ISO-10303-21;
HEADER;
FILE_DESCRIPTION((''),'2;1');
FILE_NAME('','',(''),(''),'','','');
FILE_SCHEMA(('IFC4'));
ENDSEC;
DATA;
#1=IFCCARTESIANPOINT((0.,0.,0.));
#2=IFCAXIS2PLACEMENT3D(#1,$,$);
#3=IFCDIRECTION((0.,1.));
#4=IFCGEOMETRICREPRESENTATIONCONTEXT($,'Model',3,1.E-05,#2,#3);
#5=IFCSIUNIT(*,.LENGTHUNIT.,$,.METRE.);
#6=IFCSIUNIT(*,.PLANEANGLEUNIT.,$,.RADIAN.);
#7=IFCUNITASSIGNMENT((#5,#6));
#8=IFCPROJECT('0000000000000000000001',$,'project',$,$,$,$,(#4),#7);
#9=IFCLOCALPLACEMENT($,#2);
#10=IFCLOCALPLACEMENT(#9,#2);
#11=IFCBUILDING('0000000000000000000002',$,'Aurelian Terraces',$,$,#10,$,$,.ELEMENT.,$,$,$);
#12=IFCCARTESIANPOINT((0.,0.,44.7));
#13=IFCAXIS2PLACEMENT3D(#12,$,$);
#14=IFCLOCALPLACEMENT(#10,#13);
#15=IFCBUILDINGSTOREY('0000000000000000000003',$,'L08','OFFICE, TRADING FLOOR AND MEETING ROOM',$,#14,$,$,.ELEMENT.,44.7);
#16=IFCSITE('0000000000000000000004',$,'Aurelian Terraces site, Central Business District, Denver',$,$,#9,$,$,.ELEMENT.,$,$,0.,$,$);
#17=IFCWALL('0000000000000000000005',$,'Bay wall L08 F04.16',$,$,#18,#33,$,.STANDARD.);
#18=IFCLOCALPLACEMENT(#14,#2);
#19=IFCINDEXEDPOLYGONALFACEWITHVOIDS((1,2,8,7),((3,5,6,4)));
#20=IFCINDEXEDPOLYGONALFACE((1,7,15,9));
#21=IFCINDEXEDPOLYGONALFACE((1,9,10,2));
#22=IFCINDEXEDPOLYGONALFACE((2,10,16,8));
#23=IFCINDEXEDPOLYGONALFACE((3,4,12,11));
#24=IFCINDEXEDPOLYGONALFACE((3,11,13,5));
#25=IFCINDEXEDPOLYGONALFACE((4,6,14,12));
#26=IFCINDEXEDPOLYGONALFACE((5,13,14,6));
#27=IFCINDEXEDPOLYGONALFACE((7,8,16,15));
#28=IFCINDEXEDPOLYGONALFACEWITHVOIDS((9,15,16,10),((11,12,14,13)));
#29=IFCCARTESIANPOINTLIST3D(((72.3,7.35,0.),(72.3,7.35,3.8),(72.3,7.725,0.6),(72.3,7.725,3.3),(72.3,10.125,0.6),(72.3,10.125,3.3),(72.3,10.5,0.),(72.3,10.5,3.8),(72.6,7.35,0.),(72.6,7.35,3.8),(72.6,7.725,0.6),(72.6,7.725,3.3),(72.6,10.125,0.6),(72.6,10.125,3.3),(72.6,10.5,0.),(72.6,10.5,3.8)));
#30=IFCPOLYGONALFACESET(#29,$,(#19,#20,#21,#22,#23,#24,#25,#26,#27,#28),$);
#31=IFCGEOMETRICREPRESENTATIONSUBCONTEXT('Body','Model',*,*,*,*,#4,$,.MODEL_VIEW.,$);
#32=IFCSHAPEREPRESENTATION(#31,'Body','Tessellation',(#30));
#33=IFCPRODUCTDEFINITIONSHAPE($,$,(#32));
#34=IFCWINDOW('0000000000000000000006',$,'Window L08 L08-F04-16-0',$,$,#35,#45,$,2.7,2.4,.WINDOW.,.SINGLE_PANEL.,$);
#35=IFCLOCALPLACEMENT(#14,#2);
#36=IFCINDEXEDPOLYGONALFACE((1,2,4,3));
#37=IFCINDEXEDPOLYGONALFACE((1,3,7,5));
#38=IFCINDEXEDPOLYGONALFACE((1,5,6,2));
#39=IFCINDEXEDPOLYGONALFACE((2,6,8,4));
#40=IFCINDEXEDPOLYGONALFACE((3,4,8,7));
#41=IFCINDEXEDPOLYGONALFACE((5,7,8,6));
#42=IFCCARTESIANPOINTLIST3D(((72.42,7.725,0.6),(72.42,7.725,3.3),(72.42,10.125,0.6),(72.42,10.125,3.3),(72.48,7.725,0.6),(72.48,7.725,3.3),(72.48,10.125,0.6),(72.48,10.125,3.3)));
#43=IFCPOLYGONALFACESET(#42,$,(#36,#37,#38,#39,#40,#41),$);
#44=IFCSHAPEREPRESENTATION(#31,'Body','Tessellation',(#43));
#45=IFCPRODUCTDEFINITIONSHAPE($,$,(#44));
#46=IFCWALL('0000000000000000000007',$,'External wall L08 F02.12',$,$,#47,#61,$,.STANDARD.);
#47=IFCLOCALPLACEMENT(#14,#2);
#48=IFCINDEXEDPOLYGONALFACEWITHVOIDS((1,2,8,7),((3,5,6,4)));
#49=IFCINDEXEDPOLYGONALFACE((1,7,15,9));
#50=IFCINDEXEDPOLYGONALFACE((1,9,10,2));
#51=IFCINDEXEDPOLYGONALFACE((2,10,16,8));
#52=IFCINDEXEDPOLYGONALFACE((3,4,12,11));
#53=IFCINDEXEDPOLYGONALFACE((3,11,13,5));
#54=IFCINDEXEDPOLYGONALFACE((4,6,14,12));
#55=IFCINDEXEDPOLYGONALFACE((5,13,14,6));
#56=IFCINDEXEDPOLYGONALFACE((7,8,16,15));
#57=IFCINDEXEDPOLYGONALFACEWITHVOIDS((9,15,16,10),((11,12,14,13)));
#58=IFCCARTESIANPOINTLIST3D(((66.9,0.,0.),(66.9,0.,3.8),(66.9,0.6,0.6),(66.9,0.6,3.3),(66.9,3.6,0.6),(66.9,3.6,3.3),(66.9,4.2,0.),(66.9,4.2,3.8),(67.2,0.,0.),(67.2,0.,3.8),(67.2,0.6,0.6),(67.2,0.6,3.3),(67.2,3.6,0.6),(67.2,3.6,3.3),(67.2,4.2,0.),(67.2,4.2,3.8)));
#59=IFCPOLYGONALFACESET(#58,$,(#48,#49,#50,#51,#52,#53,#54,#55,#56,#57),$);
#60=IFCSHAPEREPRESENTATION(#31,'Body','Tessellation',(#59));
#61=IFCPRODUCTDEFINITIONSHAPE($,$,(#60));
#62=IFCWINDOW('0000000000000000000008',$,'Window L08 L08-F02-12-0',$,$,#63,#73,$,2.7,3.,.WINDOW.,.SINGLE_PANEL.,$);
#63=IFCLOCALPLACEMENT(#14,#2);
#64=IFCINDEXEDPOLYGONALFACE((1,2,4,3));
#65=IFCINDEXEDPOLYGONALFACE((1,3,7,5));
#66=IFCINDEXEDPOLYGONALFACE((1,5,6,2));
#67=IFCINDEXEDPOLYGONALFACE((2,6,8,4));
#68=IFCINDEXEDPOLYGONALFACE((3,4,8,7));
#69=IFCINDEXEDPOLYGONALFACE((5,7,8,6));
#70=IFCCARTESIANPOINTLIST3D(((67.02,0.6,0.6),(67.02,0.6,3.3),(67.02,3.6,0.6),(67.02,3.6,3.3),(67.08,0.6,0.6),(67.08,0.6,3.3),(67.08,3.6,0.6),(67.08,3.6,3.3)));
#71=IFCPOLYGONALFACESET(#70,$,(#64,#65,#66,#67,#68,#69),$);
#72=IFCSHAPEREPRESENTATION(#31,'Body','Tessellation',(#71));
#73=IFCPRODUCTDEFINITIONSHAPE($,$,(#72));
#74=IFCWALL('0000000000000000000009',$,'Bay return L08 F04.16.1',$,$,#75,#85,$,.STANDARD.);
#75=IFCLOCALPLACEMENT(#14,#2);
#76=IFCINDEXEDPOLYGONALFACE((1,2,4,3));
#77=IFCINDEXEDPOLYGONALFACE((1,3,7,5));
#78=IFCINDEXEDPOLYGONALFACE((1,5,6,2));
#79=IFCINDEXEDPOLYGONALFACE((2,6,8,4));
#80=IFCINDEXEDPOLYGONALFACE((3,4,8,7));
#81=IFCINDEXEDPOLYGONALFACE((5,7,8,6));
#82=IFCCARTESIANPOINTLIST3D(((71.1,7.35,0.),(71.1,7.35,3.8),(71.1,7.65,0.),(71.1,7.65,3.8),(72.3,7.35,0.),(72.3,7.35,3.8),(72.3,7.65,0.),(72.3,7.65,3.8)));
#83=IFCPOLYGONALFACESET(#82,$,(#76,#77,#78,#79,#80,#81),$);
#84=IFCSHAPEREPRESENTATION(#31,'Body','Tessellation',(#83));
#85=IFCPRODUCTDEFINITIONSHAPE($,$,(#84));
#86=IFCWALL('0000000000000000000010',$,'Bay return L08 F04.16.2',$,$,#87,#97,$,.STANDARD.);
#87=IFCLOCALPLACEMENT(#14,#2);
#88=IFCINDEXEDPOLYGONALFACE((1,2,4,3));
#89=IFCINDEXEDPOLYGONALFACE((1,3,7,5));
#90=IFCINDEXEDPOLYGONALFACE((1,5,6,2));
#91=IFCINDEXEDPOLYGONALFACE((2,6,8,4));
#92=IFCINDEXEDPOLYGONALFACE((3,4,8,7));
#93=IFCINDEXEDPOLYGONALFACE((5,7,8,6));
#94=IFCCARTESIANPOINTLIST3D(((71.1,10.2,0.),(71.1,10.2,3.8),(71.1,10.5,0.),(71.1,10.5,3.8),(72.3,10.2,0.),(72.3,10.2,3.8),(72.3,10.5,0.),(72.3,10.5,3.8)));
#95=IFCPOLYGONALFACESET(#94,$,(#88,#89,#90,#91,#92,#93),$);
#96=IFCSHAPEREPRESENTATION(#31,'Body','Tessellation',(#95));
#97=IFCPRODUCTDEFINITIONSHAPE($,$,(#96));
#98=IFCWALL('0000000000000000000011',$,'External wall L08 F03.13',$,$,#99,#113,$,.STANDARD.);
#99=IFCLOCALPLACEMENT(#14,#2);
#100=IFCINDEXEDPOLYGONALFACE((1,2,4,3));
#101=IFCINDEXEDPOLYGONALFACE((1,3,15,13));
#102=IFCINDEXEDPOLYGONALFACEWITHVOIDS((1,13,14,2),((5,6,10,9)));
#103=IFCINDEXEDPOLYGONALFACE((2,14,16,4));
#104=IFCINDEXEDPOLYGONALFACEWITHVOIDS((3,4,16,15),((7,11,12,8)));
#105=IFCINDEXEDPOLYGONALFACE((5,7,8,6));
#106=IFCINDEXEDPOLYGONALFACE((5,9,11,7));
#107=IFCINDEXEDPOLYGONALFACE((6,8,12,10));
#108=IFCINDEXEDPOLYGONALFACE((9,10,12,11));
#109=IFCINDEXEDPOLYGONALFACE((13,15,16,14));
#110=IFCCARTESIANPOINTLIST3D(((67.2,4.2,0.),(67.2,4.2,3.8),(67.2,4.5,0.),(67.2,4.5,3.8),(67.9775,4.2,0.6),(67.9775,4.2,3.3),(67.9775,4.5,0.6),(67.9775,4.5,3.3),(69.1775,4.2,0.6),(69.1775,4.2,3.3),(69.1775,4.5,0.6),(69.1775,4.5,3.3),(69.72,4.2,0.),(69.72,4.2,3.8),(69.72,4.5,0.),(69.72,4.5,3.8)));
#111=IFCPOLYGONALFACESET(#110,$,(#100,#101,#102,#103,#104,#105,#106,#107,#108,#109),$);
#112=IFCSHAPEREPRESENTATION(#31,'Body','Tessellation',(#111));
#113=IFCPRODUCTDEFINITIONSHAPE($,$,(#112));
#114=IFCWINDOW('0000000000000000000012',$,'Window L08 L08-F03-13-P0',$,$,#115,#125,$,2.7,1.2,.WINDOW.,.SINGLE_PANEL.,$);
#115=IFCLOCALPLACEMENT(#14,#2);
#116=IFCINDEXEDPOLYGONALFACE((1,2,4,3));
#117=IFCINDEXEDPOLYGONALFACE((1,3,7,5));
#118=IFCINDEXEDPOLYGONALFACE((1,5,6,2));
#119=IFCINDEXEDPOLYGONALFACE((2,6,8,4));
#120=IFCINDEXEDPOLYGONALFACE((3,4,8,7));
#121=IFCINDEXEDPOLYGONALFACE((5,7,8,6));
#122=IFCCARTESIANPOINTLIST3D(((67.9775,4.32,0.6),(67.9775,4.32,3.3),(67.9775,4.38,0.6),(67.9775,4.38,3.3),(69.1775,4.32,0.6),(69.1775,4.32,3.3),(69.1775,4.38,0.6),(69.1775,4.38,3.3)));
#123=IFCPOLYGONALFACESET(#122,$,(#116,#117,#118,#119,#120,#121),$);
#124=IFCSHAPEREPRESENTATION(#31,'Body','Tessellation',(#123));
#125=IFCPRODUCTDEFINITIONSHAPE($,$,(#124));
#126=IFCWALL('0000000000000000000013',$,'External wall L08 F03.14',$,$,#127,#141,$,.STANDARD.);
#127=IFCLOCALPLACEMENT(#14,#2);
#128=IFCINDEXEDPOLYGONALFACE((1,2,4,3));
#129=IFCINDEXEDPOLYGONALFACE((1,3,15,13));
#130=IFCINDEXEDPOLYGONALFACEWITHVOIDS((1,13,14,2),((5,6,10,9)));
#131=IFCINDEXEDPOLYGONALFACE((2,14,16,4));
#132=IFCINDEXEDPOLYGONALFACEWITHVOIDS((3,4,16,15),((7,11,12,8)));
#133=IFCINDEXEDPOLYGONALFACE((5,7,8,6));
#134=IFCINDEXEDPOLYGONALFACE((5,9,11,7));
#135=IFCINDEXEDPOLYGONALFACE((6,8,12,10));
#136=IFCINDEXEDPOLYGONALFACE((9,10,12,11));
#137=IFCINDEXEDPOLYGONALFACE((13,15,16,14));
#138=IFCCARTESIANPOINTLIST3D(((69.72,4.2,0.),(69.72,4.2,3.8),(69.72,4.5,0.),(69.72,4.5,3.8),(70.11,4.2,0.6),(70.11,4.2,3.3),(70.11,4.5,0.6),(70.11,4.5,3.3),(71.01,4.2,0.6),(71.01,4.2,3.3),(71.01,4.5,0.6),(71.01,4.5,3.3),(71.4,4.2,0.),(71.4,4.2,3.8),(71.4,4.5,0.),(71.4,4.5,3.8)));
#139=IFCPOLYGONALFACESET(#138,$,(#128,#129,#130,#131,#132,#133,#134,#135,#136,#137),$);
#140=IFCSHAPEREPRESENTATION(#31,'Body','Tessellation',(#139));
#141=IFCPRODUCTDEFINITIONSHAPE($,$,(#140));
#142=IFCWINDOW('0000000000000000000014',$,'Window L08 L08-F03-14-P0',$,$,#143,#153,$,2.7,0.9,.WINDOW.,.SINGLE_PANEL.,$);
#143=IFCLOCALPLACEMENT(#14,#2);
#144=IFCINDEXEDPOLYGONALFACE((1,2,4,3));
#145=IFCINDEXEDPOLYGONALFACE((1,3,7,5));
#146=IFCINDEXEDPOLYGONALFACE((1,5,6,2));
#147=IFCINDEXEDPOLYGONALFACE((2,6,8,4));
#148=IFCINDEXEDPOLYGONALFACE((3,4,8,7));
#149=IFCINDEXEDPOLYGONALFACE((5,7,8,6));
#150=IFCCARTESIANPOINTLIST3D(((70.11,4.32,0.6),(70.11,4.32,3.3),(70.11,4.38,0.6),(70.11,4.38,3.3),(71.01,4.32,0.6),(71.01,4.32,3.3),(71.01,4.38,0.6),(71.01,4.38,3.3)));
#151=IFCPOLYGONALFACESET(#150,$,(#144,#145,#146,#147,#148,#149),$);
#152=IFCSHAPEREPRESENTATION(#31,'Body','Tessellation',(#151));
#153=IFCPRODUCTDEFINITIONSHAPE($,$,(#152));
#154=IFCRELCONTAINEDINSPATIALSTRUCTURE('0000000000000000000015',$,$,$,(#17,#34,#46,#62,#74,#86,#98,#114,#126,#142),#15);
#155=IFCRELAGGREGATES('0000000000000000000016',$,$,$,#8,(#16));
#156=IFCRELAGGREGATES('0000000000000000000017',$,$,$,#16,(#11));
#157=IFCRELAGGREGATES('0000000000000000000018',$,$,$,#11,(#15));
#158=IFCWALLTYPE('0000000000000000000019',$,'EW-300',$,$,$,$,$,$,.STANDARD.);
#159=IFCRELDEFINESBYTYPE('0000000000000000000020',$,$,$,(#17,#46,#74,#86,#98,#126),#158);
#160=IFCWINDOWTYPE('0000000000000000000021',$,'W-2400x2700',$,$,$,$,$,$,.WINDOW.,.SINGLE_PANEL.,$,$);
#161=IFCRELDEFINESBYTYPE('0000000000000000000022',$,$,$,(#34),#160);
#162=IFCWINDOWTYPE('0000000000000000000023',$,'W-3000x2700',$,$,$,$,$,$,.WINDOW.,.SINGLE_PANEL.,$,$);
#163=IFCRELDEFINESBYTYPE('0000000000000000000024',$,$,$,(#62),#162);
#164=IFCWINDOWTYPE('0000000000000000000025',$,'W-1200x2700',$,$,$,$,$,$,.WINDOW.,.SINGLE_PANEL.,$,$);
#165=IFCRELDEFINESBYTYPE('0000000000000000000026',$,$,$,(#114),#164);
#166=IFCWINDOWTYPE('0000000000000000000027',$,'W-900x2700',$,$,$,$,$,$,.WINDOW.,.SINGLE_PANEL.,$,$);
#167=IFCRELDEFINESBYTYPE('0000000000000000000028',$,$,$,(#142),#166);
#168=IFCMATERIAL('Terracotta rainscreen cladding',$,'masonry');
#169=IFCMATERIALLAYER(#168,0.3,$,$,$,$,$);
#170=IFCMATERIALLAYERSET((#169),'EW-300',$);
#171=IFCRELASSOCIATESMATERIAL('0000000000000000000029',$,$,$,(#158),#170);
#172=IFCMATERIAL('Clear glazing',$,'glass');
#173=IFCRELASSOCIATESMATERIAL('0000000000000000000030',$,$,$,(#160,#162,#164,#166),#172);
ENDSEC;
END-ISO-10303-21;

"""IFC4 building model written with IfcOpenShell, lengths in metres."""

from ifc_helpers import new_model, si_unit, direction, frame, frame_2d, origin, place, context, subcontext, project, spatial, rectangle, extrude, source, transform, mapped, material, layer, layer_set, type_object, element, fill, save


model = new_model("IFC4")

# Units and contexts
model_context = context("Model", 3, precision=1e-05, world=origin(), true_north=direction((0.0, 1.0)))
body_context = subcontext(model_context, "Body", "Model", "MODEL_VIEW")
ifc_project = project(units=[si_unit("LENGTHUNIT", "METRE"), si_unit("PLANEANGLEUNIT", "RADIAN")], contexts=[model_context])

# Site, building, storey
site_placement = place(None, origin())
site = spatial("IfcSite", under=ifc_project, at=site_placement, Name="Aurelian Terraces site, Central Business District, Denver", CompositionType="ELEMENT", RefElevation=0.0)
building_placement = place(site_placement, origin())
building = spatial("IfcBuilding", under=site, at=building_placement, Name="Aurelian Terraces", CompositionType="ELEMENT")
storey_placement = place(building_placement, frame((0.0, 0.0, 44.7)))
storey = spatial("IfcBuildingStorey", under=building, at=storey_placement, Name="L08", Description="OFFICE, TRADING FLOOR AND MEETING ROOM", CompositionType="ELEMENT", Elevation=44.7)

# Walls, openings, windows
ifc_material_1 = material(Name="Terracotta rainscreen cladding", Category="masonry")
ifc_layer_1 = layer(ifc_material_1, 0.3)
ifc_layer_set_1 = layer_set([ifc_layer_1], Name="EW-300")
wall_type_1 = type_object("IfcWallType", Name="EW-300", PredefinedType="STANDARD", material=ifc_layer_set_1)
shared_shape_1 = source(origin(), body_context, "Body", "SweptSolid", [
    extrude(rectangle(XDim=3.15, YDim=0.3, at=frame_2d((1.575, 0.0))), origin(), (0.0, 0.0, 1.0), 3.8),
])
ifc_material_2 = material(Name="Clear glazing", Category="glass")
wall_1_placement = place(storey_placement, frame((72.45, 7.35, 0.0), z_axis=(0.0, 0.0, 1.0), x_axis=(0.0, 1.0, 0.0)))
wall_1 = element("IfcWall", 1, at=wall_1_placement, inside=storey, type_object=wall_type_1, Name="Bay wall L08 F04.16", PredefinedType="STANDARD", context=body_context, shape_type="MappedRepresentation", body=[
    mapped(shared_shape_1, transform((0.0, 0.0, 0.0), scale=1.0)),
])
shared_shape_2 = source(origin(), body_context, "Body", "SweptSolid", [
    extrude(rectangle(XDim=2.4, YDim=2.7, at=frame_2d((1.2, 1.35))), frame((0.0, 0.16, 0.0), z_axis=(0.0, -1.0, 0.0), x_axis=(1.0, 0.0, 0.0)), (0.0, 0.0, 1.0), 0.32),
])
opening_1_placement = place(wall_1_placement, frame((0.375, 0.0, 0.6)))
opening_1 = element("IfcOpeningElement", 2, at=opening_1_placement, cuts=wall_1, PredefinedType="OPENING", context=body_context, shape_type="MappedRepresentation", body=[
    mapped(shared_shape_2, transform((0.0, 0.0, 0.0), scale=1.0)),
])
window_type_1 = type_object("IfcWindowType", Name="W-2400x2700", PartitioningType="SINGLE_PANEL", PredefinedType="WINDOW", material=ifc_material_2)
shared_shape_3 = source(origin(), body_context, "Body", "SweptSolid", [
    extrude(rectangle(XDim=2.4, YDim=2.7, at=frame_2d((1.2, 1.35))), frame((0.0, 0.03, 0.0), z_axis=(0.0, -1.0, 0.0), x_axis=(1.0, 0.0, 0.0)), (0.0, 0.0, 1.0), 0.06),
])
window_1_placement = place(opening_1_placement, origin())
window_1 = element("IfcWindow", 3, at=window_1_placement, inside=storey, type_object=window_type_1, Name="Window L08 L08-F04-16-0", OverallHeight=2.7, OverallWidth=2.4, PartitioningType="SINGLE_PANEL", PredefinedType="WINDOW", context=body_context, shape_type="MappedRepresentation", body=[
    mapped(shared_shape_3, transform((0.0, 0.0, 0.0), scale=1.0)),
])
fill(opening_1, window_1)
shared_shape_4 = source(origin(), body_context, "Body", "SweptSolid", [
    extrude(rectangle(XDim=4.2, YDim=0.3, at=frame_2d((2.1, 0.0))), origin(), (0.0, 0.0, 1.0), 3.8),
])
wall_2_placement = place(storey_placement, frame((67.05, 0.0, 0.0), z_axis=(0.0, 0.0, 1.0), x_axis=(0.0, 1.0, 0.0)))
wall_2 = element("IfcWall", 4, at=wall_2_placement, inside=storey, type_object=wall_type_1, Name="External wall L08 F02.12", PredefinedType="STANDARD", context=body_context, shape_type="MappedRepresentation", body=[
    mapped(shared_shape_4, transform((0.0, 0.0, 0.0), scale=1.0)),
])
shared_shape_5 = source(origin(), body_context, "Body", "SweptSolid", [
    extrude(rectangle(XDim=3.0, YDim=2.7, at=frame_2d((1.5, 1.35))), frame((0.0, 0.16, 0.0), z_axis=(0.0, -1.0, 0.0), x_axis=(1.0, 0.0, 0.0)), (0.0, 0.0, 1.0), 0.32),
])
opening_2_placement = place(wall_2_placement, frame((0.6, 0.0, 0.6)))
opening_2 = element("IfcOpeningElement", 5, at=opening_2_placement, cuts=wall_2, PredefinedType="OPENING", context=body_context, shape_type="MappedRepresentation", body=[
    mapped(shared_shape_5, transform((0.0, 0.0, 0.0), scale=1.0)),
])
window_type_2 = type_object("IfcWindowType", Name="W-3000x2700", PartitioningType="SINGLE_PANEL", PredefinedType="WINDOW", material=ifc_material_2)
shared_shape_6 = source(origin(), body_context, "Body", "SweptSolid", [
    extrude(rectangle(XDim=3.0, YDim=2.7, at=frame_2d((1.5, 1.35))), frame((0.0, 0.03, 0.0), z_axis=(0.0, -1.0, 0.0), x_axis=(1.0, 0.0, 0.0)), (0.0, 0.0, 1.0), 0.06),
])
window_2_placement = place(opening_2_placement, origin())
window_2 = element("IfcWindow", 6, at=window_2_placement, inside=storey, type_object=window_type_2, Name="Window L08 L08-F02-12-0", OverallHeight=2.7, OverallWidth=3.0, PartitioningType="SINGLE_PANEL", PredefinedType="WINDOW", context=body_context, shape_type="MappedRepresentation", body=[
    mapped(shared_shape_6, transform((0.0, 0.0, 0.0), scale=1.0)),
])
fill(opening_2, window_2)

# Walls
shared_shape_7 = source(origin(), body_context, "Body", "SweptSolid", [
    extrude(rectangle(XDim=1.2, YDim=0.3, at=frame_2d((0.6, 0.0))), origin(), (0.0, 0.0, 1.0), 3.8),
])
for number, where, z_axis, x_axis, name in (
    (7, (71.1, 7.5, 0.0), (0.0, 0.0, 1.0), (1.0, 0.0, 0.0), "Bay return L08 F04.16.1"),
    (8, (71.1, 10.35, 0.0), (0.0, 0.0, 1.0), (1.0, 0.0, 0.0), "Bay return L08 F04.16.2"),
):
    element("IfcWall", number, at=place(storey_placement, frame(where, z_axis=z_axis, x_axis=x_axis)), inside=storey, type_object=wall_type_1, Name=name, PredefinedType="STANDARD", context=body_context, shape_type="MappedRepresentation", body=[
        mapped(shared_shape_7, transform((0.0, 0.0, 0.0), scale=1.0)),
    ])

# Walls, openings, windows
shared_shape_8 = source(origin(), body_context, "Body", "SweptSolid", [
    extrude(rectangle(XDim=2.52, YDim=0.3, at=frame_2d((1.26, 0.0))), origin(), (0.0, 0.0, 1.0), 3.8),
])
wall_3_placement = place(storey_placement, frame((67.2, 4.35, 0.0), z_axis=(0.0, 0.0, 1.0), x_axis=(1.0, 0.0, 0.0)))
wall_3 = element("IfcWall", 9, at=wall_3_placement, inside=storey, type_object=wall_type_1, Name="External wall L08 F03.13", PredefinedType="STANDARD", context=body_context, shape_type="MappedRepresentation", body=[
    mapped(shared_shape_8, transform((0.0, 0.0, 0.0), scale=1.0)),
])
shared_shape_9 = source(origin(), body_context, "Body", "SweptSolid", [
    extrude(rectangle(XDim=1.2, YDim=2.7, at=frame_2d((0.6, 1.35))), frame((0.0, 0.16, 0.0), z_axis=(0.0, -1.0, 0.0), x_axis=(1.0, 0.0, 0.0)), (0.0, 0.0, 1.0), 0.32),
])
opening_3_placement = place(wall_3_placement, frame((0.7775, 0.0, 0.6)))
opening_3 = element("IfcOpeningElement", 10, at=opening_3_placement, cuts=wall_3, PredefinedType="OPENING", context=body_context, shape_type="MappedRepresentation", body=[
    mapped(shared_shape_9, transform((0.0, 0.0, 0.0), scale=1.0)),
])
window_type_3 = type_object("IfcWindowType", Name="W-1200x2700", PartitioningType="SINGLE_PANEL", PredefinedType="WINDOW", material=ifc_material_2)
shared_shape_10 = source(origin(), body_context, "Body", "SweptSolid", [
    extrude(rectangle(XDim=1.2, YDim=2.7, at=frame_2d((0.6, 1.35))), frame((0.0, 0.03, 0.0), z_axis=(0.0, -1.0, 0.0), x_axis=(1.0, 0.0, 0.0)), (0.0, 0.0, 1.0), 0.06),
])
window_3_placement = place(opening_3_placement, origin())
window_3 = element("IfcWindow", 11, at=window_3_placement, inside=storey, type_object=window_type_3, Name="Window L08 L08-F03-13-P0", OverallHeight=2.7, OverallWidth=1.2, PartitioningType="SINGLE_PANEL", PredefinedType="WINDOW", context=body_context, shape_type="MappedRepresentation", body=[
    mapped(shared_shape_10, transform((0.0, 0.0, 0.0), scale=1.0)),
])
fill(opening_3, window_3)
shared_shape_11 = source(origin(), body_context, "Body", "SweptSolid", [
    extrude(rectangle(XDim=1.68, YDim=0.3, at=frame_2d((0.84, 0.0))), origin(), (0.0, 0.0, 1.0), 3.8),
])
wall_4_placement = place(storey_placement, frame((69.72, 4.35, 0.0), z_axis=(0.0, 0.0, 1.0), x_axis=(1.0, 0.0, 0.0)))
wall_4 = element("IfcWall", 12, at=wall_4_placement, inside=storey, type_object=wall_type_1, Name="External wall L08 F03.14", PredefinedType="STANDARD", context=body_context, shape_type="MappedRepresentation", body=[
    mapped(shared_shape_11, transform((0.0, 0.0, 0.0), scale=1.0)),
])
shared_shape_12 = source(origin(), body_context, "Body", "SweptSolid", [
    extrude(rectangle(XDim=0.9, YDim=2.7, at=frame_2d((0.45, 1.35))), frame((0.0, 0.16, 0.0), z_axis=(0.0, -1.0, 0.0), x_axis=(1.0, 0.0, 0.0)), (0.0, 0.0, 1.0), 0.32),
])
opening_4_placement = place(wall_4_placement, frame((0.39, 0.0, 0.6)))
opening_4 = element("IfcOpeningElement", 13, at=opening_4_placement, cuts=wall_4, PredefinedType="OPENING", context=body_context, shape_type="MappedRepresentation", body=[
    mapped(shared_shape_12, transform((0.0, 0.0, 0.0), scale=1.0)),
])
window_type_4 = type_object("IfcWindowType", Name="W-900x2700", PartitioningType="SINGLE_PANEL", PredefinedType="WINDOW", material=ifc_material_2)
shared_shape_13 = source(origin(), body_context, "Body", "SweptSolid", [
    extrude(rectangle(XDim=0.9, YDim=2.7, at=frame_2d((0.45, 1.35))), frame((0.0, 0.03, 0.0), z_axis=(0.0, -1.0, 0.0), x_axis=(1.0, 0.0, 0.0)), (0.0, 0.0, 1.0), 0.06),
])
window_4_placement = place(opening_4_placement, origin())
window_4 = element("IfcWindow", 14, at=window_4_placement, inside=storey, type_object=window_type_4, Name="Window L08 L08-F03-14-P0", OverallHeight=2.7, OverallWidth=0.9, PartitioningType="SINGLE_PANEL", PredefinedType="WINDOW", context=body_context, shape_type="MappedRepresentation", body=[
    mapped(shared_shape_13, transform((0.0, 0.0, 0.0), scale=1.0)),
])
fill(opening_4, window_4)

save(model, "model.ifc")
